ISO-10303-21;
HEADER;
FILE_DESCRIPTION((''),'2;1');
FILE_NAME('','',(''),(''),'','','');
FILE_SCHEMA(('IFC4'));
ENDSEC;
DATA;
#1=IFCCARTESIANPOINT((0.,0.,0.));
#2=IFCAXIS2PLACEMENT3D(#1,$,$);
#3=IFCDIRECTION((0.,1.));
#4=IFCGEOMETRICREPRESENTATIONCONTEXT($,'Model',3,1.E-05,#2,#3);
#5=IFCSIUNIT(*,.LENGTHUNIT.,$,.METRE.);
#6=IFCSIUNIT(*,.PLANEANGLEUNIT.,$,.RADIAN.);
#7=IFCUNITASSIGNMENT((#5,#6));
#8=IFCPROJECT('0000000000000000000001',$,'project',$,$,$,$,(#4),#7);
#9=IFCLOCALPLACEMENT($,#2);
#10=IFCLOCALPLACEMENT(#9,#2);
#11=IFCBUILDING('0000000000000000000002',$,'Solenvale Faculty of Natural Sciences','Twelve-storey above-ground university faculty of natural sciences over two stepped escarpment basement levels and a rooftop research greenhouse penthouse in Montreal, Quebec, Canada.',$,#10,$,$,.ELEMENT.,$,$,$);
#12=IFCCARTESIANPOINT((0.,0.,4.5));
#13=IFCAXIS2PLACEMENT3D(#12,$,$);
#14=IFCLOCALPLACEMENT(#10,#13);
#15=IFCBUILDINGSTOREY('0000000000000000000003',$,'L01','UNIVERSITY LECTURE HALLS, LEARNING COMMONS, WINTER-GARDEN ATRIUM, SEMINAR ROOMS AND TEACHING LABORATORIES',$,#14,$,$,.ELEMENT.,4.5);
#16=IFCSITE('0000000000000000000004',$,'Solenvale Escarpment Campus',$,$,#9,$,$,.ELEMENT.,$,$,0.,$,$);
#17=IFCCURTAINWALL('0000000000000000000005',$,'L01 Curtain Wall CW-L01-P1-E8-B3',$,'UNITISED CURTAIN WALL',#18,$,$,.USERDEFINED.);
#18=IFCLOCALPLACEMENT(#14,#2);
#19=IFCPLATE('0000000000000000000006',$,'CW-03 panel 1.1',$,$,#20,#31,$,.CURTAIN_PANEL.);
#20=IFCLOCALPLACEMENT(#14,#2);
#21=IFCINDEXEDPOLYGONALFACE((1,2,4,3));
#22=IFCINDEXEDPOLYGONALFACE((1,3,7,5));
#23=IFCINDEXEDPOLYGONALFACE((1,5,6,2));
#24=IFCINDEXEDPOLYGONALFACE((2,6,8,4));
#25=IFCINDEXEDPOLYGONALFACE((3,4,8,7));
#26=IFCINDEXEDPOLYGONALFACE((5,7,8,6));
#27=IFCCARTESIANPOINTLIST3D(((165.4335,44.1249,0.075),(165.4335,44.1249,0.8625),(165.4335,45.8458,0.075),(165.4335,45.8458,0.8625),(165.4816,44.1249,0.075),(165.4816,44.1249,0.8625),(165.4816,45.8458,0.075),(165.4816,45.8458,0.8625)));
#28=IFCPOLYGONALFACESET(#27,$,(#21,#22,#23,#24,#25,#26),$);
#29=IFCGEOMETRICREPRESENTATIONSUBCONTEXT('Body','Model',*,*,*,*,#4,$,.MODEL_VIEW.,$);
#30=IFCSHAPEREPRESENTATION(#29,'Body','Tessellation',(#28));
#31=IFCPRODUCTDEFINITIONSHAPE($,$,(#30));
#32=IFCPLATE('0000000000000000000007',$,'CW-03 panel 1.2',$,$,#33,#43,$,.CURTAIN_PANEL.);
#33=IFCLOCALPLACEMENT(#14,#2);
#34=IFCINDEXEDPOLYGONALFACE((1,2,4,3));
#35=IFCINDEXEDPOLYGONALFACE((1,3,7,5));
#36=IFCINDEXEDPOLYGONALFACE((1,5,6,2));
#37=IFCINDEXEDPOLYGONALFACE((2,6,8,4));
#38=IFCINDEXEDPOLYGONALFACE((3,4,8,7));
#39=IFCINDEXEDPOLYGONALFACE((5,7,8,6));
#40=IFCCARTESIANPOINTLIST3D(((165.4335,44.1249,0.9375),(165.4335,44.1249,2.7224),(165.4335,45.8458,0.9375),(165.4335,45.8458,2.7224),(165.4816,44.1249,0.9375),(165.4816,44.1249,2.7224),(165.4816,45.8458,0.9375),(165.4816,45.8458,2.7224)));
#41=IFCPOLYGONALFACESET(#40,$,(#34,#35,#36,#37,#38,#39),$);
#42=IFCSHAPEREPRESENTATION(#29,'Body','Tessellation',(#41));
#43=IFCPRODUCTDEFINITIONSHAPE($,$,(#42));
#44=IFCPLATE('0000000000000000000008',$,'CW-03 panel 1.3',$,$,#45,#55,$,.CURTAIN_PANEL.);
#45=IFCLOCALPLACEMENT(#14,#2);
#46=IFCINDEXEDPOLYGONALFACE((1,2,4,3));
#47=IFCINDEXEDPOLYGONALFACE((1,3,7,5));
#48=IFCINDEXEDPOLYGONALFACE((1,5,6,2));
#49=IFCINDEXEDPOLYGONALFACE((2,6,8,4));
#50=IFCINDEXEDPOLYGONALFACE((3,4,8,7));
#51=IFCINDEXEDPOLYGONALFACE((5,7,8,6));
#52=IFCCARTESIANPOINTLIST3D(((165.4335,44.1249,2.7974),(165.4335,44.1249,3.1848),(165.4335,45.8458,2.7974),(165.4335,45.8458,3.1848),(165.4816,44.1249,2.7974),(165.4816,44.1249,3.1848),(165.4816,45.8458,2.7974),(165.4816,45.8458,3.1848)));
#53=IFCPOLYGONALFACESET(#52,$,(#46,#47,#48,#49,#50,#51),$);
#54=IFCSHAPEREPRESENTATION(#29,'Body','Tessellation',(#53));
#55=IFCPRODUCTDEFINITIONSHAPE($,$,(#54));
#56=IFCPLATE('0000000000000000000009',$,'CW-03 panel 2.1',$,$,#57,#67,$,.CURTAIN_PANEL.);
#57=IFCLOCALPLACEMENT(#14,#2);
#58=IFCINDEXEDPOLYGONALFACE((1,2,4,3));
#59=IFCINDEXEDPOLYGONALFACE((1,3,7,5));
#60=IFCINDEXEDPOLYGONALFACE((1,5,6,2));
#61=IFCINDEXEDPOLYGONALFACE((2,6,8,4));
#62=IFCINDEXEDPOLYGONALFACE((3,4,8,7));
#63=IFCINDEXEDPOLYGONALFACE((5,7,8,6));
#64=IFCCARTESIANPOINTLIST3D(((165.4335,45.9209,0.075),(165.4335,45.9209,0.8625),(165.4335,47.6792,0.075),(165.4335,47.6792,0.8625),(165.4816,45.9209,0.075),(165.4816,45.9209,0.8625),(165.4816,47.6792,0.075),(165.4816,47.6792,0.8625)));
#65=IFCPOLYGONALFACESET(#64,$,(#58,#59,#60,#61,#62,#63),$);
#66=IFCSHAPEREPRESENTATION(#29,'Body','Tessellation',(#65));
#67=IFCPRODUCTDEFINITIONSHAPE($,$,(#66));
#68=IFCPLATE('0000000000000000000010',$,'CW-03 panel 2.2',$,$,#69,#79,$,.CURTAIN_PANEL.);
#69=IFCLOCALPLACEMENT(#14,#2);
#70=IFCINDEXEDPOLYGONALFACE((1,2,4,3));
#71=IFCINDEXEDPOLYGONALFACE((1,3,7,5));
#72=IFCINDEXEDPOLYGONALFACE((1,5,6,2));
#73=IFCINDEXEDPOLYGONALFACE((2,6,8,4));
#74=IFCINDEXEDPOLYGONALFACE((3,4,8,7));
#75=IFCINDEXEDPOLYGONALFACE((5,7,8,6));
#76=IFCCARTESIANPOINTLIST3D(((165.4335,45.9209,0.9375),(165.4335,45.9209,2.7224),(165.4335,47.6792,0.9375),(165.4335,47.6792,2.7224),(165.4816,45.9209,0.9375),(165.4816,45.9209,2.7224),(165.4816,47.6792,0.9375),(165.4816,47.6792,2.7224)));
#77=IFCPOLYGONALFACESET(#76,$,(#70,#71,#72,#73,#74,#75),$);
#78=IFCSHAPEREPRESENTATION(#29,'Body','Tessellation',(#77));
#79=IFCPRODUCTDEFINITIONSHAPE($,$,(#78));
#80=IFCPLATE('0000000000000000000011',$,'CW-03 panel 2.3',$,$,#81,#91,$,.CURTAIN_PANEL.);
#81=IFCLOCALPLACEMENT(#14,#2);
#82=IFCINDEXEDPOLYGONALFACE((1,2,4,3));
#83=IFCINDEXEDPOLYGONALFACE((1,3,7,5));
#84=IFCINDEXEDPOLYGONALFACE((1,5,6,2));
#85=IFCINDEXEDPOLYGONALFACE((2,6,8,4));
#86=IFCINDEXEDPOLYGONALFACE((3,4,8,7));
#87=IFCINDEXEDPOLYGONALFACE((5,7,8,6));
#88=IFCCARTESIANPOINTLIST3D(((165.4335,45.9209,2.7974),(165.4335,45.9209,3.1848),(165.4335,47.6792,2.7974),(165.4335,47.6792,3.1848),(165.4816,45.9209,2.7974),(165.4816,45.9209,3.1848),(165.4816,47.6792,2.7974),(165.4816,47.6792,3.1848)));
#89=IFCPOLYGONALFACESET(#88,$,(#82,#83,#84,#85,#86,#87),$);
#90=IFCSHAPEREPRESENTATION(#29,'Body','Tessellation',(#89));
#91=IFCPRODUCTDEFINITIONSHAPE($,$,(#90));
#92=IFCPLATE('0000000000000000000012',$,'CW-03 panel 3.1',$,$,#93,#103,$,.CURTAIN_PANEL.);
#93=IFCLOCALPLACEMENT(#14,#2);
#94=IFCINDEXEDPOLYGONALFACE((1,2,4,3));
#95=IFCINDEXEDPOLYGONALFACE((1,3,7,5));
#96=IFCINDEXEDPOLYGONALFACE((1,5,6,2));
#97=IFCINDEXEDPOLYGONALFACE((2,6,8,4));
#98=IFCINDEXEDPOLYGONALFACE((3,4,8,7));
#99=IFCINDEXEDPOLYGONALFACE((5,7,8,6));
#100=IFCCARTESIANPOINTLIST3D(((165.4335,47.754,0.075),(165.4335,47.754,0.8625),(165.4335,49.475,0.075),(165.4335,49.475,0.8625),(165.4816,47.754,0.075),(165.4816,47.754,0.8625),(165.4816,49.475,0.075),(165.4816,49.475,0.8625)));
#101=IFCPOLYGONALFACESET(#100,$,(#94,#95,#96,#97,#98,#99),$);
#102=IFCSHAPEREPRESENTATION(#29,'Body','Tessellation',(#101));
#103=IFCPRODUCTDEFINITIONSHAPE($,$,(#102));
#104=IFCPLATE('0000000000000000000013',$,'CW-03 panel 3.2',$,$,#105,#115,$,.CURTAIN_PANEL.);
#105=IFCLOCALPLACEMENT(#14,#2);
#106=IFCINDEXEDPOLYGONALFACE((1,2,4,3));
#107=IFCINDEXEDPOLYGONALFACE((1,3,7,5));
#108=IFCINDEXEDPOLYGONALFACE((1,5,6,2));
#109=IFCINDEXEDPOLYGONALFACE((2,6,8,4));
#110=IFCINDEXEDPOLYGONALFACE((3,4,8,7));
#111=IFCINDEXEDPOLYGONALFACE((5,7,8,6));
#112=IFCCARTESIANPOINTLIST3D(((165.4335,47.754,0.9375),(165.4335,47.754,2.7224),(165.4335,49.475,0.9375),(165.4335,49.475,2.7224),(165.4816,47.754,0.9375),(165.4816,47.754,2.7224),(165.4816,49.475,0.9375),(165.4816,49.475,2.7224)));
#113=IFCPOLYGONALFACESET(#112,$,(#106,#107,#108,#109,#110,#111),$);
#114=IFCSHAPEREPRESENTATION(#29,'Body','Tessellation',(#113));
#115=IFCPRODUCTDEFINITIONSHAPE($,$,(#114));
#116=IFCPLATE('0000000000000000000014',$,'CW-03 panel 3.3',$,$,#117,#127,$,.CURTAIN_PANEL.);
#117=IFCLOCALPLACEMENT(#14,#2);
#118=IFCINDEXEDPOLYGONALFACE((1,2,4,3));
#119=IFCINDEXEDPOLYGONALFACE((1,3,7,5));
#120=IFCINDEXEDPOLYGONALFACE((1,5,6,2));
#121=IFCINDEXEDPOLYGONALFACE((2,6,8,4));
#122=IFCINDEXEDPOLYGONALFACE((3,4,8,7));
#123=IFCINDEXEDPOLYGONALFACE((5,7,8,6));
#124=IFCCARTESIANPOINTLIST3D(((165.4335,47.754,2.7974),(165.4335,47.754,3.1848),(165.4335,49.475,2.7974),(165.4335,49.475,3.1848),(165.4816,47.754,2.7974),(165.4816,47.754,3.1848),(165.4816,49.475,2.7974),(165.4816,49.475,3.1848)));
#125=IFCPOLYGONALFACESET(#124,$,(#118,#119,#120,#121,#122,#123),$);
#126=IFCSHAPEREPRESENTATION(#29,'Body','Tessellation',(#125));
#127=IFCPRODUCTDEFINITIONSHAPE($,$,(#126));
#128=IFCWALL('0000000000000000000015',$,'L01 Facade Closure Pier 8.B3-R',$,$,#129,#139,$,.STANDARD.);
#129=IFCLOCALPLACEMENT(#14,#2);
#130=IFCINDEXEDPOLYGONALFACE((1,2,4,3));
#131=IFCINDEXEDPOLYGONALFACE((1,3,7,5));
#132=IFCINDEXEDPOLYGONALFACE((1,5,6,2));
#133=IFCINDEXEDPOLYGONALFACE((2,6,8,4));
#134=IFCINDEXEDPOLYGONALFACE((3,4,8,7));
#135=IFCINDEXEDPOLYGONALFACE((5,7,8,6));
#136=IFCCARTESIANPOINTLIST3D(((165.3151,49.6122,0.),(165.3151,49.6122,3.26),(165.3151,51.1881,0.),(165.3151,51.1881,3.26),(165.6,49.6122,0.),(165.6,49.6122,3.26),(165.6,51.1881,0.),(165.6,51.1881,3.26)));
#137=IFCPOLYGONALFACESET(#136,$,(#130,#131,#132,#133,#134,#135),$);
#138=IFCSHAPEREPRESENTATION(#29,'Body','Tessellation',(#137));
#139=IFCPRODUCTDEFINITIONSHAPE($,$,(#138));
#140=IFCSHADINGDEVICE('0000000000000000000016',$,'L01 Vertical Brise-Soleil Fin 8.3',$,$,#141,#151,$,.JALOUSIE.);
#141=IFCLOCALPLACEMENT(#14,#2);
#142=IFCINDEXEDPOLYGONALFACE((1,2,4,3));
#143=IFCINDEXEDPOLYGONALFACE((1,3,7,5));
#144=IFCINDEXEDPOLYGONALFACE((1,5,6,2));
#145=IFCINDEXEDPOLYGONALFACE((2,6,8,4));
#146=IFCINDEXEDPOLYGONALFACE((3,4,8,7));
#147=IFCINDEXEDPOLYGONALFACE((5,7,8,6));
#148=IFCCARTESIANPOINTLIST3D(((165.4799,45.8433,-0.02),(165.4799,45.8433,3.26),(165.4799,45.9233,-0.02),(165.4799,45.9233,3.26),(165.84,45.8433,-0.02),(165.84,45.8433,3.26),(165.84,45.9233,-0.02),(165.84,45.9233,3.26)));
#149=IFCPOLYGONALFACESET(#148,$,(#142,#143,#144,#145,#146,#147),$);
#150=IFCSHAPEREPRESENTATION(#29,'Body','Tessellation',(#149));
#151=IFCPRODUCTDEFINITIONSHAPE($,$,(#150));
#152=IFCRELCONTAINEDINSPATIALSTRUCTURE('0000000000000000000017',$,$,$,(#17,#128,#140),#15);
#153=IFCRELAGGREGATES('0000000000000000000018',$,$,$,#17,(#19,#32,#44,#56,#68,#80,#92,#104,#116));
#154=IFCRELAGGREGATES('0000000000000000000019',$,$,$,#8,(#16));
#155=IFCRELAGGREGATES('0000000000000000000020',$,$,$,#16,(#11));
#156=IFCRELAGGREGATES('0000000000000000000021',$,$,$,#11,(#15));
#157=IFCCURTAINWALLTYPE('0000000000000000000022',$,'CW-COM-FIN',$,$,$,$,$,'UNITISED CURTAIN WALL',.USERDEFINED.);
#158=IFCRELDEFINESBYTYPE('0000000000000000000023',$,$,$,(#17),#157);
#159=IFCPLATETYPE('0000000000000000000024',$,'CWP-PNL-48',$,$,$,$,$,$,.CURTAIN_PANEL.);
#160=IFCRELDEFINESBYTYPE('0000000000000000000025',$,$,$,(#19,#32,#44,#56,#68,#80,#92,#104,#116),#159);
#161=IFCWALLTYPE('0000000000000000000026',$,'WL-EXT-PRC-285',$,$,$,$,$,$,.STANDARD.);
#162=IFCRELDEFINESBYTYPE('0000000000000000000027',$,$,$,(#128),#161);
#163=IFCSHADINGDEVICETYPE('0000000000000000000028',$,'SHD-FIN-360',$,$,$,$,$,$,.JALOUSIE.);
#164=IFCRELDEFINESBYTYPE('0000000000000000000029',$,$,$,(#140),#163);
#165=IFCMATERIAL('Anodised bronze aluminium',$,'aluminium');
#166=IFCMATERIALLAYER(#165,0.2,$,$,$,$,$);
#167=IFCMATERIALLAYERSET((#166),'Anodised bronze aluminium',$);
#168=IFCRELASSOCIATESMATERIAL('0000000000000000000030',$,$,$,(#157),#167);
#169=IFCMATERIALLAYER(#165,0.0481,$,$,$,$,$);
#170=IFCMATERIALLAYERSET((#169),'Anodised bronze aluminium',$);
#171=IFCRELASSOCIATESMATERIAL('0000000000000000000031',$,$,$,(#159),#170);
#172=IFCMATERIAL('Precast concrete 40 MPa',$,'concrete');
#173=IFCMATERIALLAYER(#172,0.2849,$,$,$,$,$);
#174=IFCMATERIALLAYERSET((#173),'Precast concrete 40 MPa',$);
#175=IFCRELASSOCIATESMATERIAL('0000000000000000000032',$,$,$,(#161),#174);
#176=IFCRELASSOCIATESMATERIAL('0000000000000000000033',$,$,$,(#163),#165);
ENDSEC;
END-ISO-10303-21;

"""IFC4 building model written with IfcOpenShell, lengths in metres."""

from ifc_helpers import new_model, si_unit, direction, frame, frame_2d, origin, origin_2d, place, context, subcontext, project, spatial, rectangle, extrude, material, layer, layer_set, material_profile, profile_set, type_object, element, aggregate, save


model = new_model("IFC4")

# Units and contexts
model_context = context("Model", 3, precision=1e-05, world=origin(), true_north=direction((0.0, 1.0)))
body_context = subcontext(model_context, "Body", "Model", "MODEL_VIEW")
ifc_project = project(units=[si_unit("LENGTHUNIT", "METRE"), si_unit("PLANEANGLEUNIT", "RADIAN")], contexts=[model_context])

# Site, building, storey
site_placement = place(None, origin())
site = spatial("IfcSite", under=ifc_project, at=site_placement, Name="Solenvale Escarpment Campus", CompositionType="ELEMENT", RefElevation=0.0)
building_placement = place(site_placement, origin())
building = spatial("IfcBuilding", under=site, at=building_placement, Name="Solenvale Faculty of Natural Sciences", Description="Twelve-storey above-ground university faculty of natural sciences over two stepped escarpment basement levels and a rooftop research greenhouse penthouse in Montreal, Quebec, Canada.", CompositionType="ELEMENT")
storey_placement = place(building_placement, frame((0.0, 0.0, 4.5)))
storey = spatial("IfcBuildingStorey", under=building, at=storey_placement, Name="L01", Description="UNIVERSITY LECTURE HALLS, LEARNING COMMONS, WINTER-GARDEN ATRIUM, SEMINAR ROOMS AND TEACHING LABORATORIES", CompositionType="ELEMENT", Elevation=4.5)

# Curtain wall, plates
ifc_material_1 = material(Name="Anodised bronze aluminium", Category="aluminium")
ifc_layer_1 = layer(ifc_material_1, 0.2)
ifc_layer_set_1 = layer_set([ifc_layer_1], Name="Anodised bronze aluminium")
curtain_wall_type = type_object("IfcCurtainWallType", Name="CW-COM-FIN", ElementType="UNITISED CURTAIN WALL", PredefinedType="USERDEFINED", material=ifc_layer_set_1)
curtain_wall_placement = place(storey_placement, origin())
curtain_wall = element("IfcCurtainWall", 1, at=curtain_wall_placement, inside=storey, type_object=curtain_wall_type, Name="L01 Curtain Wall CW-L01-P1-E8-B3", ObjectType="UNITISED CURTAIN WALL", PredefinedType="USERDEFINED")
ifc_layer_2 = layer(ifc_material_1, 0.0481)
ifc_layer_set_2 = layer_set([ifc_layer_2], Name="Anodised bronze aluminium")
plate_type = type_object("IfcPlateType", Name="CWP-PNL-48", PredefinedType="CURTAIN_PANEL", material=ifc_layer_set_2)
plate_1_placement = place(storey_placement, frame((165.4575, 44.9854, 0.075), z_axis=(0.0, 0.0, 1.0), x_axis=(0.0, 1.0, 0.0)))
plate_1 = element("IfcPlate", 2, at=plate_1_placement, type_object=plate_type, Name="CW-03 panel 1.1", PredefinedType="CURTAIN_PANEL", context=body_context, shape_type="SweptSolid", body=[
    extrude(rectangle(XDim=1.7209, YDim=0.0481, at=origin_2d()), origin(), (0.0, 0.0, 1.0), 0.7876),
])
plate_2_placement = place(storey_placement, frame((165.4575, 44.9854, 0.9375), z_axis=(0.0, 0.0, 1.0), x_axis=(0.0, 1.0, 0.0)))
plate_2 = element("IfcPlate", 3, at=plate_2_placement, type_object=plate_type, Name="CW-03 panel 1.2", PredefinedType="CURTAIN_PANEL", context=body_context, shape_type="SweptSolid", body=[
    extrude(rectangle(XDim=1.7209, YDim=0.0481, at=origin_2d()), origin(), (0.0, 0.0, 1.0), 1.7849),
])
plate_3_placement = place(storey_placement, frame((165.4575, 44.9854, 2.7974), z_axis=(0.0, 0.0, 1.0), x_axis=(0.0, 1.0, 0.0)))
plate_3 = element("IfcPlate", 4, at=plate_3_placement, type_object=plate_type, Name="CW-03 panel 1.3", PredefinedType="CURTAIN_PANEL", context=body_context, shape_type="SweptSolid", body=[
    extrude(rectangle(XDim=1.7209, YDim=0.0481, at=origin_2d()), origin(), (0.0, 0.0, 1.0), 0.3875),
])
plate_4_placement = place(storey_placement, frame((165.4575, 46.8, 0.075), z_axis=(0.0, 0.0, 1.0), x_axis=(0.0, 1.0, 0.0)))
plate_4 = element("IfcPlate", 5, at=plate_4_placement, type_object=plate_type, Name="CW-03 panel 2.1", PredefinedType="CURTAIN_PANEL", context=body_context, shape_type="SweptSolid", body=[
    extrude(rectangle(XDim=1.7583, YDim=0.0481, at=origin_2d()), origin(), (0.0, 0.0, 1.0), 0.7876),
])
plate_5_placement = place(storey_placement, frame((165.4575, 46.8, 0.9375), z_axis=(0.0, 0.0, 1.0), x_axis=(0.0, 1.0, 0.0)))
plate_5 = element("IfcPlate", 6, at=plate_5_placement, type_object=plate_type, Name="CW-03 panel 2.2", PredefinedType="CURTAIN_PANEL", context=body_context, shape_type="SweptSolid", body=[
    extrude(rectangle(XDim=1.7583, YDim=0.0481, at=origin_2d()), origin(), (0.0, 0.0, 1.0), 1.7849),
])
plate_6_placement = place(storey_placement, frame((165.4575, 46.8, 2.7974), z_axis=(0.0, 0.0, 1.0), x_axis=(0.0, 1.0, 0.0)))
plate_6 = element("IfcPlate", 7, at=plate_6_placement, type_object=plate_type, Name="CW-03 panel 2.3", PredefinedType="CURTAIN_PANEL", context=body_context, shape_type="SweptSolid", body=[
    extrude(rectangle(XDim=1.7583, YDim=0.0481, at=origin_2d()), origin(), (0.0, 0.0, 1.0), 0.3875),
])
plate_7_placement = place(storey_placement, frame((165.4575, 48.6145, 0.075), z_axis=(0.0, 0.0, 1.0), x_axis=(0.0, 1.0, 0.0)))
plate_7 = element("IfcPlate", 8, at=plate_7_placement, type_object=plate_type, Name="CW-03 panel 3.1", PredefinedType="CURTAIN_PANEL", context=body_context, shape_type="SweptSolid", body=[
    extrude(rectangle(XDim=1.7209, YDim=0.0481, at=origin_2d()), origin(), (0.0, 0.0, 1.0), 0.7876),
])
plate_8_placement = place(storey_placement, frame((165.4575, 48.6145, 0.9375), z_axis=(0.0, 0.0, 1.0), x_axis=(0.0, 1.0, 0.0)))
plate_8 = element("IfcPlate", 9, at=plate_8_placement, type_object=plate_type, Name="CW-03 panel 3.2", PredefinedType="CURTAIN_PANEL", context=body_context, shape_type="SweptSolid", body=[
    extrude(rectangle(XDim=1.7209, YDim=0.0481, at=origin_2d()), origin(), (0.0, 0.0, 1.0), 1.7849),
])
plate_9_placement = place(storey_placement, frame((165.4575, 48.6145, 2.7974), z_axis=(0.0, 0.0, 1.0), x_axis=(0.0, 1.0, 0.0)))
plate_9 = element("IfcPlate", 10, at=plate_9_placement, type_object=plate_type, Name="CW-03 panel 3.3", PredefinedType="CURTAIN_PANEL", context=body_context, shape_type="SweptSolid", body=[
    extrude(rectangle(XDim=1.7209, YDim=0.0481, at=origin_2d()), origin(), (0.0, 0.0, 1.0), 0.3875),
])
aggregate(curtain_wall, [plate_1, plate_2, plate_3, plate_4, plate_5, plate_6, plate_7, plate_8, plate_9])

# Wall
ifc_material_2 = material(Name="Precast concrete 40 MPa", Category="concrete")
ifc_layer_3 = layer(ifc_material_2, 0.2849)
ifc_layer_set_3 = layer_set([ifc_layer_3], Name="Precast concrete 40 MPa")
wall_type = type_object("IfcWallType", Name="WL-EXT-PRC-285", PredefinedType="STANDARD", material=ifc_layer_set_3)
wall_placement = place(storey_placement, frame((165.4575, 49.6121, 0.0), z_axis=(0.0, 0.0, 1.0), x_axis=(0.0, 1.0, 0.0)))
element("IfcWall", 11, at=wall_placement, inside=storey, type_object=wall_type, Name="L01 Facade Closure Pier 8.B3-R", PredefinedType="STANDARD", context=body_context, shape_type="SweptSolid", body=[
    extrude(rectangle(XDim=1.5759, YDim=0.2849, at=frame_2d((0.7881, 0.0))), origin(), (0.0, 0.0, 1.0), 3.26),
])

# Shading device
ifc_material_profile_1 = material_profile(ifc_material_1, rectangle(XDim=0.0801, YDim=0.3601, at=origin_2d()), Name="ALU-FIN-80x360")
ifc_profile_set_1 = profile_set([ifc_material_profile_1], Name="Anodised bronze aluminium")
shading_device_type = type_object("IfcShadingDeviceType", Name="SHD-FIN-360", PredefinedType="JALOUSIE", material=ifc_profile_set_1)
shading_device_placement = place(storey_placement, frame((165.6599, 45.8833, -0.02), z_axis=(0.0, 0.0, 1.0), x_axis=(0.0, 1.0, 0.0)))
element("IfcShadingDevice", 12, at=shading_device_placement, inside=storey, type_object=shading_device_type, Name="L01 Vertical Brise-Soleil Fin 8.3", PredefinedType="JALOUSIE", context=body_context, shape_type="SweptSolid", body=[
    extrude(rectangle(XDim=0.0801, YDim=0.3601, at=origin_2d()), origin(), (0.0, 0.0, 1.0), 3.28),
])

save(model, "model.ifc")
